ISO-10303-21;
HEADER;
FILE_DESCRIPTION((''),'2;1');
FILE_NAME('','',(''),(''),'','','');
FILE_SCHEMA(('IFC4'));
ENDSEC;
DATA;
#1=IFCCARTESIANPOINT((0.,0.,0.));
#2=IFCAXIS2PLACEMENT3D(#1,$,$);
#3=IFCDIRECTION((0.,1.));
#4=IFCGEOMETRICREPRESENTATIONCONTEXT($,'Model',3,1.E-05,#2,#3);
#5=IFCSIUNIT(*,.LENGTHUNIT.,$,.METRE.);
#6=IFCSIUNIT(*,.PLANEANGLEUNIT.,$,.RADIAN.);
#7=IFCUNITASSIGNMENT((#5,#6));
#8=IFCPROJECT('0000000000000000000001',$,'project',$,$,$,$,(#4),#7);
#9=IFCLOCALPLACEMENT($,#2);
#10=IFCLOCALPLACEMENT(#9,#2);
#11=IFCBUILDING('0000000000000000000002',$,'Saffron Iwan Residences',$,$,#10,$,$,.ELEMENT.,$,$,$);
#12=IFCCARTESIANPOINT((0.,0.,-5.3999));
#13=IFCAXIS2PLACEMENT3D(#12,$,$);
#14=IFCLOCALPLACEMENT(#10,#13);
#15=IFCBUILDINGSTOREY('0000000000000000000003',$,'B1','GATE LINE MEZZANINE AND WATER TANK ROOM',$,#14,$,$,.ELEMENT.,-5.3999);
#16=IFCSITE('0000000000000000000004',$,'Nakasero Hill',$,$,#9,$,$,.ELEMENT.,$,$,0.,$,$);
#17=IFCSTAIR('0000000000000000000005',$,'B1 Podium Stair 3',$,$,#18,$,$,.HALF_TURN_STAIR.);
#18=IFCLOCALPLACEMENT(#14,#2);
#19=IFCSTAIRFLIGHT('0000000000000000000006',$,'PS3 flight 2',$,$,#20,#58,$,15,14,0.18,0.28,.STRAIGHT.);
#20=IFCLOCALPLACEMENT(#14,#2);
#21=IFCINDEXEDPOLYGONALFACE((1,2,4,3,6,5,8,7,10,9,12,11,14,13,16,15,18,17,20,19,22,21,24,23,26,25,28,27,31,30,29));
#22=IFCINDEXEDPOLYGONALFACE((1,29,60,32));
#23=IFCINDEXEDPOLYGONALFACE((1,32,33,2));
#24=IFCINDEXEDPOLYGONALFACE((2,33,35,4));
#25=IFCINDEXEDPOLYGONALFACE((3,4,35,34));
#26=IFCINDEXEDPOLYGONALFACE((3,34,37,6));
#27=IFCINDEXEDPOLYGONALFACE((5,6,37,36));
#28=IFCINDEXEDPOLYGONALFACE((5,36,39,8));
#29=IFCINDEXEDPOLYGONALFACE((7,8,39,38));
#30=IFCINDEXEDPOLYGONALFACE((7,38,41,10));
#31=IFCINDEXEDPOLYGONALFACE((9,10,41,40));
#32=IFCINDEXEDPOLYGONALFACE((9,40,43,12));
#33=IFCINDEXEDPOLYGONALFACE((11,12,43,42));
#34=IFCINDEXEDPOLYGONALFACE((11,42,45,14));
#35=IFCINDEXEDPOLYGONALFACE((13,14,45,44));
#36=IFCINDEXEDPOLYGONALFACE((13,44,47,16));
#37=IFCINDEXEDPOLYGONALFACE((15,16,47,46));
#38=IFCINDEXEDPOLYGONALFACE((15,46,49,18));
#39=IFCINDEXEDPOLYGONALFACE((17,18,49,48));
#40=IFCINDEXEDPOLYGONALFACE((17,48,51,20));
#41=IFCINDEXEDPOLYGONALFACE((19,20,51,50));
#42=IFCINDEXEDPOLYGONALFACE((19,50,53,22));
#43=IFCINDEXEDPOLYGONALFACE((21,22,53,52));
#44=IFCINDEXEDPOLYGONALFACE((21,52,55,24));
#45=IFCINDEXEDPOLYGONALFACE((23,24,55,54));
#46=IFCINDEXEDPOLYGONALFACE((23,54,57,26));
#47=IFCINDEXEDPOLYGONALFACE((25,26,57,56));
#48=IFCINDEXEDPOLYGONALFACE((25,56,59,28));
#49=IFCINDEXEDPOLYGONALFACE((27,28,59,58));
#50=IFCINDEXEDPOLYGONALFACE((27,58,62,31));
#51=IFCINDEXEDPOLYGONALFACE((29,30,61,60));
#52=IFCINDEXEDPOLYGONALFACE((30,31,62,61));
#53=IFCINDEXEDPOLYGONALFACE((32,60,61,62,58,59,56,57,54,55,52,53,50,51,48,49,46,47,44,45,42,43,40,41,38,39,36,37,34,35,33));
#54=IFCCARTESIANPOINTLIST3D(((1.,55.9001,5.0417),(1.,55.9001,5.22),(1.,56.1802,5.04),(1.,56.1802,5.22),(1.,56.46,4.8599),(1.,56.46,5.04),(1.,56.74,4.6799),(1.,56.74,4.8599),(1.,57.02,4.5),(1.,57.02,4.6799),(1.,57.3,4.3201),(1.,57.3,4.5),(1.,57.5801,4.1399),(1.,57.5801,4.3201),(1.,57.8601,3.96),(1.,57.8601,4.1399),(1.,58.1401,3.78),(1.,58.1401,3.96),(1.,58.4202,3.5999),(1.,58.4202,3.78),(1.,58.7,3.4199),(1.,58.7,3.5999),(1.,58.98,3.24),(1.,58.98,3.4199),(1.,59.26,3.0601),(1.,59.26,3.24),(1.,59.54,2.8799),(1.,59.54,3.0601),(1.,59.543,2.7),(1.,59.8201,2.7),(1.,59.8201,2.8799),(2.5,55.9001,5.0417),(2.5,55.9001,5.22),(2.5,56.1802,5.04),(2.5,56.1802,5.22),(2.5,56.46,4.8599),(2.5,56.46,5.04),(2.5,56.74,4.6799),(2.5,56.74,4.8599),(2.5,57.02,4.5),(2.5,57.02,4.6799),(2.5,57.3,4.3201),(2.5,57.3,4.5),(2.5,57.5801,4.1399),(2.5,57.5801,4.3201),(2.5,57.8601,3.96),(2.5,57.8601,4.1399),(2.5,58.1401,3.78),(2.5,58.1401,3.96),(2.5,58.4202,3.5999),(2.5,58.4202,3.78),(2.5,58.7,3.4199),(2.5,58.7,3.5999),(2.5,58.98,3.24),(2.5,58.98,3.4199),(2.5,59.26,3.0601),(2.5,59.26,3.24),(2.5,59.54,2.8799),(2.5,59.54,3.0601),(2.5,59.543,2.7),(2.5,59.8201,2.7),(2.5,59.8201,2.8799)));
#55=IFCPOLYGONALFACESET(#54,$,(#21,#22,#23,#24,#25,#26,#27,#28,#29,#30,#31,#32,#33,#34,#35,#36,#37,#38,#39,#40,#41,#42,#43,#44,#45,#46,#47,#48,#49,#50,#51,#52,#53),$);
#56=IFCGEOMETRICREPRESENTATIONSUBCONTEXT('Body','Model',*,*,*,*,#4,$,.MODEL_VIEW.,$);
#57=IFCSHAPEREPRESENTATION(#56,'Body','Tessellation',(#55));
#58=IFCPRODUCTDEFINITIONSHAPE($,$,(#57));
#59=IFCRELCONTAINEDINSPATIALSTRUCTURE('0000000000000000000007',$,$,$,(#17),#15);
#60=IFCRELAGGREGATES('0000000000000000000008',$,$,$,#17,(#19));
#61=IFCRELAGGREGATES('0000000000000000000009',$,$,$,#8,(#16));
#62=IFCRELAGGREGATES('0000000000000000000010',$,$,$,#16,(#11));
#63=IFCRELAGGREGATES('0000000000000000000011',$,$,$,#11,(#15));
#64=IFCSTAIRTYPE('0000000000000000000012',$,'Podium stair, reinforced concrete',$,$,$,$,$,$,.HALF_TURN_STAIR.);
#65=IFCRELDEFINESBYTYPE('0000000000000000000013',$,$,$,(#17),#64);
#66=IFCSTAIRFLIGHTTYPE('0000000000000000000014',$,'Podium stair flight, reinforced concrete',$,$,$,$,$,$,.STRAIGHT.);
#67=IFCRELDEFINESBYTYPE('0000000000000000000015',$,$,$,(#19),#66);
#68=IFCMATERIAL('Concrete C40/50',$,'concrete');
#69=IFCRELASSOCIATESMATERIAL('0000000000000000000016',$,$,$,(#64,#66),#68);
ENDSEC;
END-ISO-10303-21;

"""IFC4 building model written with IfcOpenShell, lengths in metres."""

from ifc_helpers import new_model, si_unit, direction, frame, origin, place, context, subcontext, project, spatial, polyline, outline, extrude, material, type_object, element, aggregate, save


model = new_model("IFC4")

# Units and contexts
model_context = context("Model", 3, precision=1e-05, world=origin(), true_north=direction((0.0, 1.0)))
body_context = subcontext(model_context, "Body", "Model", "MODEL_VIEW")
ifc_project = project(units=[si_unit("LENGTHUNIT", "METRE"), si_unit("PLANEANGLEUNIT", "RADIAN")], contexts=[model_context])

# Site, building, storey
site_placement = place(None, origin())
site = spatial("IfcSite", under=ifc_project, at=site_placement, Name="Nakasero Hill", CompositionType="ELEMENT", RefElevation=0.0)
building_placement = place(site_placement, origin())
building = spatial("IfcBuilding", under=site, at=building_placement, Name="Saffron Iwan Residences", CompositionType="ELEMENT")
storey_placement = place(building_placement, frame((0.0, 0.0, -5.3999)))
storey = spatial("IfcBuildingStorey", under=building, at=storey_placement, Name="B1", Description="GATE LINE MEZZANINE AND WATER TANK ROOM", CompositionType="ELEMENT", Elevation=-5.3999)

# Shared definitions
ifc_material_1 = material(Name="Concrete C40/50", Category="concrete")

# Stair, stair flight
stair_type = type_object("IfcStairType", Name="Podium stair, reinforced concrete", PredefinedType="HALF_TURN_STAIR", material=ifc_material_1)
stair_placement = place(storey_placement, origin())
stair = element("IfcStair", 1, at=stair_placement, inside=storey, type_object=stair_type, Name="B1 Podium Stair 3", PredefinedType="HALF_TURN_STAIR")
stair_flight_type = type_object("IfcStairFlightType", Name="Podium stair flight, reinforced concrete", PredefinedType="STRAIGHT", material=ifc_material_1)
stair_flight_1_placement = place(storey_placement, frame((1.75, 59.8201, 2.7), z_axis=(0.0, 0.0, 1.0), x_axis=(0.0, -1.0, 0.0)))
stair_flight_1 = element("IfcStairFlight", 2, at=stair_flight_1_placement, type_object=stair_flight_type, Name="PS3 flight 2", NumberOfRisers=15, NumberOfTreads=14, PredefinedType="STRAIGHT", RiserHeight=0.18, TreadLength=0.28, context=body_context, shape_type="SweptSolid", body=[
    extrude(outline(polyline([(0.0, 0.0), (0.0, 0.1799), (0.28, 0.1799), (0.28, 0.3601), (0.5601, 0.3601), (0.5601, 0.54), (0.8401, 0.54), (0.8401, 0.72), (1.1201, 0.72), (1.1201, 0.8999), (1.3999, 0.8999), (1.3999, 1.0801), (1.6799, 1.0801), (1.6799, 1.26), (1.96, 1.26), (1.96, 1.4399), (2.24, 1.4399), (2.24, 1.6201), (2.52, 1.6201), (2.52, 1.8), (2.8, 1.8), (2.8, 1.98), (3.0801, 1.98), (3.0801, 2.1599), (3.3601, 2.1599), (3.3601, 2.3401), (3.6399, 2.3401), (3.6399, 2.52), (3.9199, 2.52), (3.9199, 2.7), (3.9199, 2.3418), (0.2771, 0.0), (0.0, 0.0)])), frame((0.0, 0.75, 0.0), z_axis=(0.0, -1.0, 0.0), x_axis=(1.0, 0.0, 0.0)), (0.0, 0.0, 1.0), 1.5),
])
aggregate(stair, [stair_flight_1])

save(model, "model.ifc")
